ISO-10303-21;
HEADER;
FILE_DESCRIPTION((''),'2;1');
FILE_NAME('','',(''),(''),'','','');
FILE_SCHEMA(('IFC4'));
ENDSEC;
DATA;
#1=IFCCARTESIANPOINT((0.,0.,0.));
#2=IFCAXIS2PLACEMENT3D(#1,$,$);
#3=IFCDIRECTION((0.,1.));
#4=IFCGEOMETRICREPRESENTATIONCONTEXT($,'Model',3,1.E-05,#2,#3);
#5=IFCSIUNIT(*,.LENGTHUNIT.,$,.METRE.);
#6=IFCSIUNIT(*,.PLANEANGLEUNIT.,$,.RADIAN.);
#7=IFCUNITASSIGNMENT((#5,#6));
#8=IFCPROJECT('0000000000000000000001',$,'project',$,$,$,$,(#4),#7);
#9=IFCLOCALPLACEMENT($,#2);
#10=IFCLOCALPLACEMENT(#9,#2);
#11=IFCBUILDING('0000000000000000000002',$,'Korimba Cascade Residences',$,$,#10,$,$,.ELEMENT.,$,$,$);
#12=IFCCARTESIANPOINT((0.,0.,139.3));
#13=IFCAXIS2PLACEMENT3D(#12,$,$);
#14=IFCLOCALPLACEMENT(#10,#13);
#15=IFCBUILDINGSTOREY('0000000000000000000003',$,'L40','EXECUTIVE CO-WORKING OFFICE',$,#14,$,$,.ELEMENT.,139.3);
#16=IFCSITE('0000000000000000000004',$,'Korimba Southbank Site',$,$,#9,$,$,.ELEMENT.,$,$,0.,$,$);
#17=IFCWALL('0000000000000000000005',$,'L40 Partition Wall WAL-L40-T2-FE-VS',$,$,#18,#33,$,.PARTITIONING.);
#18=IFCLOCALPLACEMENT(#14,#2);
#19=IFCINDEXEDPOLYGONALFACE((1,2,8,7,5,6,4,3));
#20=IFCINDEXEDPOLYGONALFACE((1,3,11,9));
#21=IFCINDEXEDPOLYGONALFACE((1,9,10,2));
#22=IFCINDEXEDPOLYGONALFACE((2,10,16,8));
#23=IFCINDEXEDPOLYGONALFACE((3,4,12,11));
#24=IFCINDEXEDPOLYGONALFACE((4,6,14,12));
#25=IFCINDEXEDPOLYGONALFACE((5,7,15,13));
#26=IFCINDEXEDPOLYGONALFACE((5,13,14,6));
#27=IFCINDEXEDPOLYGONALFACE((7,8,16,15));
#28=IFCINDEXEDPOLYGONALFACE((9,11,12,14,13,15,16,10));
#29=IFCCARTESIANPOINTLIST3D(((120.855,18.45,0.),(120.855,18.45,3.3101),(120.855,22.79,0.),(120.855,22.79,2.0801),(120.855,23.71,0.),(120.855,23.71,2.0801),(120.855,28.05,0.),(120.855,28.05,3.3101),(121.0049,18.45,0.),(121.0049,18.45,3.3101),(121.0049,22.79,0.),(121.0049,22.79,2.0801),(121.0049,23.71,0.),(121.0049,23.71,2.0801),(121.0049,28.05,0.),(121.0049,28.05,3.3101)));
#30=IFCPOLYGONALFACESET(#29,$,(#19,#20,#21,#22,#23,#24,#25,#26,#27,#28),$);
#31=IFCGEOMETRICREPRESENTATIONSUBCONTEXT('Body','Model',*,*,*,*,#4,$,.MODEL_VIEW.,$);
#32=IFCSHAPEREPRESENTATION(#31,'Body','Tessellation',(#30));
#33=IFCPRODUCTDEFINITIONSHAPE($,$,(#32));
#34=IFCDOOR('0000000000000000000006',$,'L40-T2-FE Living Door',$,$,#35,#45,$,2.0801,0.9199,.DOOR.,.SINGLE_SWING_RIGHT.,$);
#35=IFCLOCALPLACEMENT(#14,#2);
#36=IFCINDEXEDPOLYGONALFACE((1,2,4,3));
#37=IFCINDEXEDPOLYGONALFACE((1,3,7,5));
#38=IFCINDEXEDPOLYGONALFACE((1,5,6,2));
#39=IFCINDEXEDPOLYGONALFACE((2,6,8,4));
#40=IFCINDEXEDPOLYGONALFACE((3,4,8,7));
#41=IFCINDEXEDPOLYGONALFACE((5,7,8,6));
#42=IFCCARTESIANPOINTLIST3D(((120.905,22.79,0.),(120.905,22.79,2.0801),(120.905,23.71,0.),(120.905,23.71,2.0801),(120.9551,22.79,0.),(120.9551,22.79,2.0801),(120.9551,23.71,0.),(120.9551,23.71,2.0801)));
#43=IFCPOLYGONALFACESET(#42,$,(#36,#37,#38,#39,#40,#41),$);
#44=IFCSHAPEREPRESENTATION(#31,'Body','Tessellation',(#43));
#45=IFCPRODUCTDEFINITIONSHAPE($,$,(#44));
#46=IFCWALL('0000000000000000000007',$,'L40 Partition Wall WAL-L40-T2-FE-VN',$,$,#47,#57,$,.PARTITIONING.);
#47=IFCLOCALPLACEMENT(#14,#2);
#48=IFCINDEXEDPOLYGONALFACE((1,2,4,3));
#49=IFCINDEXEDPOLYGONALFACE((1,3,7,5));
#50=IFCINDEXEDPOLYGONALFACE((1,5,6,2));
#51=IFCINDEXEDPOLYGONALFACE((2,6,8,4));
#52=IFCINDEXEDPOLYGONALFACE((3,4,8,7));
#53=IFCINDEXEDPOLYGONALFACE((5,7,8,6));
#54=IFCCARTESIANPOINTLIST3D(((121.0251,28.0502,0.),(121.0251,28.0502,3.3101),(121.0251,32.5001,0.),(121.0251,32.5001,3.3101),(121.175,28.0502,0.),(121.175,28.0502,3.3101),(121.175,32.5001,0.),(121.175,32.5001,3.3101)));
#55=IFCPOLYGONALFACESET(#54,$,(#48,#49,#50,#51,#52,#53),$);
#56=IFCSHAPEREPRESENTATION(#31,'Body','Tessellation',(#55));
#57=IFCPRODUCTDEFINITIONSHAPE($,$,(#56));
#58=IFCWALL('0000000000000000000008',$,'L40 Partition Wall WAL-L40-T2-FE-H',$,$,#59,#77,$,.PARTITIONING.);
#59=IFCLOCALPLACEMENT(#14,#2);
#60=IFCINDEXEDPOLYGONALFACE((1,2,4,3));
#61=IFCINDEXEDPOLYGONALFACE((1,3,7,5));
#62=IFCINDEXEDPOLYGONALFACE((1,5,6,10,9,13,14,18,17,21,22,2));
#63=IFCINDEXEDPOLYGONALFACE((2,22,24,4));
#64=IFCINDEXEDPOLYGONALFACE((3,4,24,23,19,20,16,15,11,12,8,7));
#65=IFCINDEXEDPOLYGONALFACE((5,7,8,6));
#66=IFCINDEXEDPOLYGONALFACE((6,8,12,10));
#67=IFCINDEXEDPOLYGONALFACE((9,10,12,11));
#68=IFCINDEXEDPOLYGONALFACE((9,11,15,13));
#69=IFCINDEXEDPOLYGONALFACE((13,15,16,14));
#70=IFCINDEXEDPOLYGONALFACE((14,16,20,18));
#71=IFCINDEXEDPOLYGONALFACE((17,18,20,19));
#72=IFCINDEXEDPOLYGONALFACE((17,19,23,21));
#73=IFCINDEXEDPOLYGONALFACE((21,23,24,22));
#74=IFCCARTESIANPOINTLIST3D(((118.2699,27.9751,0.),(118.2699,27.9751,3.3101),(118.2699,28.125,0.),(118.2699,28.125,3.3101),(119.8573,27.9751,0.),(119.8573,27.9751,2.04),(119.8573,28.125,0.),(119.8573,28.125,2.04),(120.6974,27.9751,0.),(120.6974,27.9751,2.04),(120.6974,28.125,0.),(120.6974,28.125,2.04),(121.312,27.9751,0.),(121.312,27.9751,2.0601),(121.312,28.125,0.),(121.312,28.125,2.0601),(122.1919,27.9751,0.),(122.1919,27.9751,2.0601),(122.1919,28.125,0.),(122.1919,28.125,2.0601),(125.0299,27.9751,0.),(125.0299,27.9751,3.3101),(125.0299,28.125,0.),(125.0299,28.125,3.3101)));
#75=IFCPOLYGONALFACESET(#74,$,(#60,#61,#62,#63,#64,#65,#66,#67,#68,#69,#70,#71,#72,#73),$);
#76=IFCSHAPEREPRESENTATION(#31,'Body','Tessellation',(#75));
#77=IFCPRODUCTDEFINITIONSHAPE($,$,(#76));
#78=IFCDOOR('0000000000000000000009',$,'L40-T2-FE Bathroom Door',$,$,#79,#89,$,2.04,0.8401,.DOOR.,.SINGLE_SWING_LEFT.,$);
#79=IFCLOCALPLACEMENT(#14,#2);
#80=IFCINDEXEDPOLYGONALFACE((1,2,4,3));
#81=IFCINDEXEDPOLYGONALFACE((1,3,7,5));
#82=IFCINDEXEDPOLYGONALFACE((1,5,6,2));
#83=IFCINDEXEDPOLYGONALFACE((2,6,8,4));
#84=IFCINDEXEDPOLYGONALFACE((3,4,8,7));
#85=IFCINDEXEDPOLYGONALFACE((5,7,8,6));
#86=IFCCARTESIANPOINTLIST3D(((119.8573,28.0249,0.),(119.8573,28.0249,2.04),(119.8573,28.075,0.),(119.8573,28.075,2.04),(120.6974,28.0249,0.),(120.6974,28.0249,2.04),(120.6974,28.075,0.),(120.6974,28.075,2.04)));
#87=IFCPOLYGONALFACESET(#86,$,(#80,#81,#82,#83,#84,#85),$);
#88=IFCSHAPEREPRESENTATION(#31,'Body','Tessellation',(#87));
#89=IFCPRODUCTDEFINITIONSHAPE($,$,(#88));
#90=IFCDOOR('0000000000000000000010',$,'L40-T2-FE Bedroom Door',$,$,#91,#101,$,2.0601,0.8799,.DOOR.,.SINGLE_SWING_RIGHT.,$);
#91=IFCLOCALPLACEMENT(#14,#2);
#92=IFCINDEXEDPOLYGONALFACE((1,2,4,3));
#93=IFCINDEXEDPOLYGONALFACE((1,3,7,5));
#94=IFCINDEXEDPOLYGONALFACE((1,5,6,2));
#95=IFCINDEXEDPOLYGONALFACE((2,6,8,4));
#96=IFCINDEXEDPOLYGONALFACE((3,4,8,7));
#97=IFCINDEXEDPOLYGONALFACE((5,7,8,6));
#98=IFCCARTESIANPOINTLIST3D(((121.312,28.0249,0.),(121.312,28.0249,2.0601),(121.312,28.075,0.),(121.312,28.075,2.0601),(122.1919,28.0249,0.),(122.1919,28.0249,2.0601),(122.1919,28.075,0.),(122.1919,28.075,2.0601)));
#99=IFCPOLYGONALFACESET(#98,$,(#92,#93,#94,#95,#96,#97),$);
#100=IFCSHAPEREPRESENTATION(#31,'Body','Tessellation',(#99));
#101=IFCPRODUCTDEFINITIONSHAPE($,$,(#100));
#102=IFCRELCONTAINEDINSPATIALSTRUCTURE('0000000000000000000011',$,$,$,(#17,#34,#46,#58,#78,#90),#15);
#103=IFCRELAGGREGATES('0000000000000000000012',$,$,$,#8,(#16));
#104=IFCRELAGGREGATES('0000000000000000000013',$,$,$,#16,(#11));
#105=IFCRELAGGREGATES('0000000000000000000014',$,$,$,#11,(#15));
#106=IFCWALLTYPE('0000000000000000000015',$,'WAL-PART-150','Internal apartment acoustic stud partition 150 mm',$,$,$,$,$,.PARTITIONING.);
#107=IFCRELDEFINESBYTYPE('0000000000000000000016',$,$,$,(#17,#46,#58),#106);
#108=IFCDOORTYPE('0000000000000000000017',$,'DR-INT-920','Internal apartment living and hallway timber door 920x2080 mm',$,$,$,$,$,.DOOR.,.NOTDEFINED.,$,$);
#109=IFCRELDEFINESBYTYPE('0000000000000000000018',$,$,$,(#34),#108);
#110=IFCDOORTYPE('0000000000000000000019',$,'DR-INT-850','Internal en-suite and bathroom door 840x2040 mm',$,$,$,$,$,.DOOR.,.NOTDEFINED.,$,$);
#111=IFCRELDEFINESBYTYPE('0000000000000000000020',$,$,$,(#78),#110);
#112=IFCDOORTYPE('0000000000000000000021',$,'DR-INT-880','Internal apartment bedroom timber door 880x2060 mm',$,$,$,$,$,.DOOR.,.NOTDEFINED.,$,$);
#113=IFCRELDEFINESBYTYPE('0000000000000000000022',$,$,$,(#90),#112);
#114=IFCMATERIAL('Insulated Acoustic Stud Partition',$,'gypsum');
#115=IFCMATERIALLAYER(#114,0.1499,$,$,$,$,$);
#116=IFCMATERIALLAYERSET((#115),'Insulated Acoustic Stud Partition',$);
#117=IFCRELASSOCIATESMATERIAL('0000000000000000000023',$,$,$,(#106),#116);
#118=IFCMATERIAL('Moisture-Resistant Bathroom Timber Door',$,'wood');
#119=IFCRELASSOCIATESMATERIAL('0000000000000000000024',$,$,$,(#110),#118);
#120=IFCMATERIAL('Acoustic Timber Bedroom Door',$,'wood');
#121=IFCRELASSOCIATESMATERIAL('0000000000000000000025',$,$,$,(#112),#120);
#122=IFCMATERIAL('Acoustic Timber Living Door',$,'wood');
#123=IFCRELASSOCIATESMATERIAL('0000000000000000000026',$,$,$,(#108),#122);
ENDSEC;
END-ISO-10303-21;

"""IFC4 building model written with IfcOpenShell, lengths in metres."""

from ifc_helpers import new_model, si_unit, direction, frame, frame_2d, origin, place, context, subcontext, project, spatial, rectangle, extrude, material, layer, layer_set, type_object, element, fill, save


model = new_model("IFC4")

# Units and contexts
model_context = context("Model", 3, precision=1e-05, world=origin(), true_north=direction((0.0, 1.0)))
body_context = subcontext(model_context, "Body", "Model", "MODEL_VIEW")
ifc_project = project(units=[si_unit("LENGTHUNIT", "METRE"), si_unit("PLANEANGLEUNIT", "RADIAN")], contexts=[model_context])

# Site, building, storey
site_placement = place(None, origin())
site = spatial("IfcSite", under=ifc_project, at=site_placement, Name="Korimba Southbank Site", CompositionType="ELEMENT", RefElevation=0.0)
building_placement = place(site_placement, origin())
building = spatial("IfcBuilding", under=site, at=building_placement, Name="Korimba Cascade Residences", CompositionType="ELEMENT")
storey_placement = place(building_placement, frame((0.0, 0.0, 139.3)))
storey = spatial("IfcBuildingStorey", under=building, at=storey_placement, Name="L40", Description="EXECUTIVE CO-WORKING OFFICE", CompositionType="ELEMENT", Elevation=139.3)

# Wall, opening, door
ifc_material_1 = material(Name="Insulated Acoustic Stud Partition", Category="gypsum")
ifc_layer_1 = layer(ifc_material_1, 0.1499)
ifc_layer_set_1 = layer_set([ifc_layer_1], Name="Insulated Acoustic Stud Partition")
wall_type_1 = type_object("IfcWallType", Name="WAL-PART-150", Description="Internal apartment acoustic stud partition 150 mm", PredefinedType="PARTITIONING", material=ifc_layer_set_1)
ifc_material_2 = material(Name="Moisture-Resistant Bathroom Timber Door", Category="wood")
door_type_1 = type_object("IfcDoorType", Name="DR-INT-850", Description="Internal en-suite and bathroom door 840x2040 mm", OperationType="NOTDEFINED", PredefinedType="DOOR", material=ifc_material_2)
ifc_material_3 = material(Name="Acoustic Timber Bedroom Door", Category="wood")
door_type_2 = type_object("IfcDoorType", Name="DR-INT-880", Description="Internal apartment bedroom timber door 880x2060 mm", OperationType="NOTDEFINED", PredefinedType="DOOR", material=ifc_material_3)
wall_1_placement = place(storey_placement, frame((120.9299, 18.45, 0.0), z_axis=(0.0, 0.0, 1.0), x_axis=(0.0, 1.0, 0.0)))
wall_1 = element("IfcWall", 1, at=wall_1_placement, inside=storey, type_object=wall_type_1, Name="L40 Partition Wall WAL-L40-T2-FE-VS", PredefinedType="PARTITIONING", context=body_context, shape_type="SweptSolid", body=[
    extrude(rectangle(XDim=9.6001, YDim=0.1499, at=frame_2d((4.8, 0.0))), origin(), (0.0, 0.0, 1.0), 3.3101),
])
opening_1_placement = place(wall_1_placement, frame((4.3401, 0.0, 0.0)))
opening_1 = element("IfcOpeningElement", 2, at=opening_1_placement, cuts=wall_1, PredefinedType="OPENING", context=body_context, shape_type="SweptSolid", body=[
    extrude(rectangle(XDim=0.9199, YDim=2.0801, at=frame_2d((0.46, 1.04))), frame((0.0, 0.085, 0.0), z_axis=(0.0, -1.0, 0.0), x_axis=(1.0, 0.0, 0.0)), (0.0, 0.0, 1.0), 0.1699),
])
ifc_material_4 = material(Name="Acoustic Timber Living Door", Category="wood")
door_type_3 = type_object("IfcDoorType", Name="DR-INT-920", Description="Internal apartment living and hallway timber door 920x2080 mm", OperationType="NOTDEFINED", PredefinedType="DOOR", material=ifc_material_4)
door_1_placement = place(opening_1_placement, origin())
door_1 = element("IfcDoor", 3, at=door_1_placement, inside=storey, type_object=door_type_3, Name="L40-T2-FE Living Door", OperationType="SINGLE_SWING_RIGHT", OverallHeight=2.0801, OverallWidth=0.9199, PredefinedType="DOOR", context=body_context, shape_type="SweptSolid", body=[
    extrude(rectangle(XDim=0.9199, YDim=2.0801, at=frame_2d((0.46, 1.04))), frame((0.0, 0.0249, 0.0), z_axis=(0.0, -1.0, 0.0), x_axis=(1.0, 0.0, 0.0)), (0.0, 0.0, 1.0), 0.05),
])
fill(opening_1, door_1)

# Wall
wall_2_placement = place(storey_placement, frame((121.1001, 28.05, 0.0), z_axis=(0.0, 0.0, 1.0), x_axis=(0.0, 1.0, 0.0)))
element("IfcWall", 4, at=wall_2_placement, inside=storey, type_object=wall_type_1, Name="L40 Partition Wall WAL-L40-T2-FE-VN", PredefinedType="PARTITIONING", context=body_context, shape_type="SweptSolid", body=[
    extrude(rectangle(XDim=4.45, YDim=0.1499, at=frame_2d((2.2251, 0.0))), origin(), (0.0, 0.0, 1.0), 3.3101),
])

# Wall, openings, doors
wall_3_placement = place(storey_placement, frame((118.27, 28.05, 0.0), z_axis=(0.0, 0.0, 1.0), x_axis=(1.0, 0.0, 0.0)))
wall_3 = element("IfcWall", 5, at=wall_3_placement, inside=storey, type_object=wall_type_1, Name="L40 Partition Wall WAL-L40-T2-FE-H", PredefinedType="PARTITIONING", context=body_context, shape_type="SweptSolid", body=[
    extrude(rectangle(XDim=6.76, YDim=0.1499, at=frame_2d((3.3799, 0.0))), origin(), (0.0, 0.0, 1.0), 3.3101),
])
opening_2_placement = place(wall_3_placement, frame((1.5874, 0.0, 0.0)))
opening_2 = element("IfcOpeningElement", 6, at=opening_2_placement, cuts=wall_3, PredefinedType="OPENING", context=body_context, shape_type="SweptSolid", body=[
    extrude(rectangle(XDim=0.8401, YDim=2.04, at=frame_2d((0.4199, 1.02))), frame((0.0, 0.085, 0.0), z_axis=(0.0, -1.0, 0.0), x_axis=(1.0, 0.0, 0.0)), (0.0, 0.0, 1.0), 0.1699),
])
opening_3_placement = place(wall_3_placement, frame((3.042, 0.0, 0.0)))
opening_3 = element("IfcOpeningElement", 7, at=opening_3_placement, cuts=wall_3, PredefinedType="OPENING", context=body_context, shape_type="SweptSolid", body=[
    extrude(rectangle(XDim=0.8799, YDim=2.0601, at=frame_2d((0.4399, 1.03))), frame((0.0, 0.085, 0.0), z_axis=(0.0, -1.0, 0.0), x_axis=(1.0, 0.0, 0.0)), (0.0, 0.0, 1.0), 0.1699),
])
door_2_placement = place(opening_2_placement, origin())
door_2 = element("IfcDoor", 8, at=door_2_placement, inside=storey, type_object=door_type_1, Name="L40-T2-FE Bathroom Door", OperationType="SINGLE_SWING_LEFT", OverallHeight=2.04, OverallWidth=0.8401, PredefinedType="DOOR", context=body_context, shape_type="SweptSolid", body=[
    extrude(rectangle(XDim=0.8401, YDim=2.04, at=frame_2d((0.4199, 1.02))), frame((0.0, 0.0249, 0.0), z_axis=(0.0, -1.0, 0.0), x_axis=(1.0, 0.0, 0.0)), (0.0, 0.0, 1.0), 0.05),
])
fill(opening_2, door_2)
door_3_placement = place(opening_3_placement, origin())
door_3 = element("IfcDoor", 9, at=door_3_placement, inside=storey, type_object=door_type_2, Name="L40-T2-FE Bedroom Door", OperationType="SINGLE_SWING_RIGHT", OverallHeight=2.0601, OverallWidth=0.8799, PredefinedType="DOOR", context=body_context, shape_type="SweptSolid", body=[
    extrude(rectangle(XDim=0.8799, YDim=2.0601, at=frame_2d((0.4399, 1.03))), frame((0.0, 0.0249, 0.0), z_axis=(0.0, -1.0, 0.0), x_axis=(1.0, 0.0, 0.0)), (0.0, 0.0, 1.0), 0.05),
])
fill(opening_3, door_3)

save(model, "model.ifc")
